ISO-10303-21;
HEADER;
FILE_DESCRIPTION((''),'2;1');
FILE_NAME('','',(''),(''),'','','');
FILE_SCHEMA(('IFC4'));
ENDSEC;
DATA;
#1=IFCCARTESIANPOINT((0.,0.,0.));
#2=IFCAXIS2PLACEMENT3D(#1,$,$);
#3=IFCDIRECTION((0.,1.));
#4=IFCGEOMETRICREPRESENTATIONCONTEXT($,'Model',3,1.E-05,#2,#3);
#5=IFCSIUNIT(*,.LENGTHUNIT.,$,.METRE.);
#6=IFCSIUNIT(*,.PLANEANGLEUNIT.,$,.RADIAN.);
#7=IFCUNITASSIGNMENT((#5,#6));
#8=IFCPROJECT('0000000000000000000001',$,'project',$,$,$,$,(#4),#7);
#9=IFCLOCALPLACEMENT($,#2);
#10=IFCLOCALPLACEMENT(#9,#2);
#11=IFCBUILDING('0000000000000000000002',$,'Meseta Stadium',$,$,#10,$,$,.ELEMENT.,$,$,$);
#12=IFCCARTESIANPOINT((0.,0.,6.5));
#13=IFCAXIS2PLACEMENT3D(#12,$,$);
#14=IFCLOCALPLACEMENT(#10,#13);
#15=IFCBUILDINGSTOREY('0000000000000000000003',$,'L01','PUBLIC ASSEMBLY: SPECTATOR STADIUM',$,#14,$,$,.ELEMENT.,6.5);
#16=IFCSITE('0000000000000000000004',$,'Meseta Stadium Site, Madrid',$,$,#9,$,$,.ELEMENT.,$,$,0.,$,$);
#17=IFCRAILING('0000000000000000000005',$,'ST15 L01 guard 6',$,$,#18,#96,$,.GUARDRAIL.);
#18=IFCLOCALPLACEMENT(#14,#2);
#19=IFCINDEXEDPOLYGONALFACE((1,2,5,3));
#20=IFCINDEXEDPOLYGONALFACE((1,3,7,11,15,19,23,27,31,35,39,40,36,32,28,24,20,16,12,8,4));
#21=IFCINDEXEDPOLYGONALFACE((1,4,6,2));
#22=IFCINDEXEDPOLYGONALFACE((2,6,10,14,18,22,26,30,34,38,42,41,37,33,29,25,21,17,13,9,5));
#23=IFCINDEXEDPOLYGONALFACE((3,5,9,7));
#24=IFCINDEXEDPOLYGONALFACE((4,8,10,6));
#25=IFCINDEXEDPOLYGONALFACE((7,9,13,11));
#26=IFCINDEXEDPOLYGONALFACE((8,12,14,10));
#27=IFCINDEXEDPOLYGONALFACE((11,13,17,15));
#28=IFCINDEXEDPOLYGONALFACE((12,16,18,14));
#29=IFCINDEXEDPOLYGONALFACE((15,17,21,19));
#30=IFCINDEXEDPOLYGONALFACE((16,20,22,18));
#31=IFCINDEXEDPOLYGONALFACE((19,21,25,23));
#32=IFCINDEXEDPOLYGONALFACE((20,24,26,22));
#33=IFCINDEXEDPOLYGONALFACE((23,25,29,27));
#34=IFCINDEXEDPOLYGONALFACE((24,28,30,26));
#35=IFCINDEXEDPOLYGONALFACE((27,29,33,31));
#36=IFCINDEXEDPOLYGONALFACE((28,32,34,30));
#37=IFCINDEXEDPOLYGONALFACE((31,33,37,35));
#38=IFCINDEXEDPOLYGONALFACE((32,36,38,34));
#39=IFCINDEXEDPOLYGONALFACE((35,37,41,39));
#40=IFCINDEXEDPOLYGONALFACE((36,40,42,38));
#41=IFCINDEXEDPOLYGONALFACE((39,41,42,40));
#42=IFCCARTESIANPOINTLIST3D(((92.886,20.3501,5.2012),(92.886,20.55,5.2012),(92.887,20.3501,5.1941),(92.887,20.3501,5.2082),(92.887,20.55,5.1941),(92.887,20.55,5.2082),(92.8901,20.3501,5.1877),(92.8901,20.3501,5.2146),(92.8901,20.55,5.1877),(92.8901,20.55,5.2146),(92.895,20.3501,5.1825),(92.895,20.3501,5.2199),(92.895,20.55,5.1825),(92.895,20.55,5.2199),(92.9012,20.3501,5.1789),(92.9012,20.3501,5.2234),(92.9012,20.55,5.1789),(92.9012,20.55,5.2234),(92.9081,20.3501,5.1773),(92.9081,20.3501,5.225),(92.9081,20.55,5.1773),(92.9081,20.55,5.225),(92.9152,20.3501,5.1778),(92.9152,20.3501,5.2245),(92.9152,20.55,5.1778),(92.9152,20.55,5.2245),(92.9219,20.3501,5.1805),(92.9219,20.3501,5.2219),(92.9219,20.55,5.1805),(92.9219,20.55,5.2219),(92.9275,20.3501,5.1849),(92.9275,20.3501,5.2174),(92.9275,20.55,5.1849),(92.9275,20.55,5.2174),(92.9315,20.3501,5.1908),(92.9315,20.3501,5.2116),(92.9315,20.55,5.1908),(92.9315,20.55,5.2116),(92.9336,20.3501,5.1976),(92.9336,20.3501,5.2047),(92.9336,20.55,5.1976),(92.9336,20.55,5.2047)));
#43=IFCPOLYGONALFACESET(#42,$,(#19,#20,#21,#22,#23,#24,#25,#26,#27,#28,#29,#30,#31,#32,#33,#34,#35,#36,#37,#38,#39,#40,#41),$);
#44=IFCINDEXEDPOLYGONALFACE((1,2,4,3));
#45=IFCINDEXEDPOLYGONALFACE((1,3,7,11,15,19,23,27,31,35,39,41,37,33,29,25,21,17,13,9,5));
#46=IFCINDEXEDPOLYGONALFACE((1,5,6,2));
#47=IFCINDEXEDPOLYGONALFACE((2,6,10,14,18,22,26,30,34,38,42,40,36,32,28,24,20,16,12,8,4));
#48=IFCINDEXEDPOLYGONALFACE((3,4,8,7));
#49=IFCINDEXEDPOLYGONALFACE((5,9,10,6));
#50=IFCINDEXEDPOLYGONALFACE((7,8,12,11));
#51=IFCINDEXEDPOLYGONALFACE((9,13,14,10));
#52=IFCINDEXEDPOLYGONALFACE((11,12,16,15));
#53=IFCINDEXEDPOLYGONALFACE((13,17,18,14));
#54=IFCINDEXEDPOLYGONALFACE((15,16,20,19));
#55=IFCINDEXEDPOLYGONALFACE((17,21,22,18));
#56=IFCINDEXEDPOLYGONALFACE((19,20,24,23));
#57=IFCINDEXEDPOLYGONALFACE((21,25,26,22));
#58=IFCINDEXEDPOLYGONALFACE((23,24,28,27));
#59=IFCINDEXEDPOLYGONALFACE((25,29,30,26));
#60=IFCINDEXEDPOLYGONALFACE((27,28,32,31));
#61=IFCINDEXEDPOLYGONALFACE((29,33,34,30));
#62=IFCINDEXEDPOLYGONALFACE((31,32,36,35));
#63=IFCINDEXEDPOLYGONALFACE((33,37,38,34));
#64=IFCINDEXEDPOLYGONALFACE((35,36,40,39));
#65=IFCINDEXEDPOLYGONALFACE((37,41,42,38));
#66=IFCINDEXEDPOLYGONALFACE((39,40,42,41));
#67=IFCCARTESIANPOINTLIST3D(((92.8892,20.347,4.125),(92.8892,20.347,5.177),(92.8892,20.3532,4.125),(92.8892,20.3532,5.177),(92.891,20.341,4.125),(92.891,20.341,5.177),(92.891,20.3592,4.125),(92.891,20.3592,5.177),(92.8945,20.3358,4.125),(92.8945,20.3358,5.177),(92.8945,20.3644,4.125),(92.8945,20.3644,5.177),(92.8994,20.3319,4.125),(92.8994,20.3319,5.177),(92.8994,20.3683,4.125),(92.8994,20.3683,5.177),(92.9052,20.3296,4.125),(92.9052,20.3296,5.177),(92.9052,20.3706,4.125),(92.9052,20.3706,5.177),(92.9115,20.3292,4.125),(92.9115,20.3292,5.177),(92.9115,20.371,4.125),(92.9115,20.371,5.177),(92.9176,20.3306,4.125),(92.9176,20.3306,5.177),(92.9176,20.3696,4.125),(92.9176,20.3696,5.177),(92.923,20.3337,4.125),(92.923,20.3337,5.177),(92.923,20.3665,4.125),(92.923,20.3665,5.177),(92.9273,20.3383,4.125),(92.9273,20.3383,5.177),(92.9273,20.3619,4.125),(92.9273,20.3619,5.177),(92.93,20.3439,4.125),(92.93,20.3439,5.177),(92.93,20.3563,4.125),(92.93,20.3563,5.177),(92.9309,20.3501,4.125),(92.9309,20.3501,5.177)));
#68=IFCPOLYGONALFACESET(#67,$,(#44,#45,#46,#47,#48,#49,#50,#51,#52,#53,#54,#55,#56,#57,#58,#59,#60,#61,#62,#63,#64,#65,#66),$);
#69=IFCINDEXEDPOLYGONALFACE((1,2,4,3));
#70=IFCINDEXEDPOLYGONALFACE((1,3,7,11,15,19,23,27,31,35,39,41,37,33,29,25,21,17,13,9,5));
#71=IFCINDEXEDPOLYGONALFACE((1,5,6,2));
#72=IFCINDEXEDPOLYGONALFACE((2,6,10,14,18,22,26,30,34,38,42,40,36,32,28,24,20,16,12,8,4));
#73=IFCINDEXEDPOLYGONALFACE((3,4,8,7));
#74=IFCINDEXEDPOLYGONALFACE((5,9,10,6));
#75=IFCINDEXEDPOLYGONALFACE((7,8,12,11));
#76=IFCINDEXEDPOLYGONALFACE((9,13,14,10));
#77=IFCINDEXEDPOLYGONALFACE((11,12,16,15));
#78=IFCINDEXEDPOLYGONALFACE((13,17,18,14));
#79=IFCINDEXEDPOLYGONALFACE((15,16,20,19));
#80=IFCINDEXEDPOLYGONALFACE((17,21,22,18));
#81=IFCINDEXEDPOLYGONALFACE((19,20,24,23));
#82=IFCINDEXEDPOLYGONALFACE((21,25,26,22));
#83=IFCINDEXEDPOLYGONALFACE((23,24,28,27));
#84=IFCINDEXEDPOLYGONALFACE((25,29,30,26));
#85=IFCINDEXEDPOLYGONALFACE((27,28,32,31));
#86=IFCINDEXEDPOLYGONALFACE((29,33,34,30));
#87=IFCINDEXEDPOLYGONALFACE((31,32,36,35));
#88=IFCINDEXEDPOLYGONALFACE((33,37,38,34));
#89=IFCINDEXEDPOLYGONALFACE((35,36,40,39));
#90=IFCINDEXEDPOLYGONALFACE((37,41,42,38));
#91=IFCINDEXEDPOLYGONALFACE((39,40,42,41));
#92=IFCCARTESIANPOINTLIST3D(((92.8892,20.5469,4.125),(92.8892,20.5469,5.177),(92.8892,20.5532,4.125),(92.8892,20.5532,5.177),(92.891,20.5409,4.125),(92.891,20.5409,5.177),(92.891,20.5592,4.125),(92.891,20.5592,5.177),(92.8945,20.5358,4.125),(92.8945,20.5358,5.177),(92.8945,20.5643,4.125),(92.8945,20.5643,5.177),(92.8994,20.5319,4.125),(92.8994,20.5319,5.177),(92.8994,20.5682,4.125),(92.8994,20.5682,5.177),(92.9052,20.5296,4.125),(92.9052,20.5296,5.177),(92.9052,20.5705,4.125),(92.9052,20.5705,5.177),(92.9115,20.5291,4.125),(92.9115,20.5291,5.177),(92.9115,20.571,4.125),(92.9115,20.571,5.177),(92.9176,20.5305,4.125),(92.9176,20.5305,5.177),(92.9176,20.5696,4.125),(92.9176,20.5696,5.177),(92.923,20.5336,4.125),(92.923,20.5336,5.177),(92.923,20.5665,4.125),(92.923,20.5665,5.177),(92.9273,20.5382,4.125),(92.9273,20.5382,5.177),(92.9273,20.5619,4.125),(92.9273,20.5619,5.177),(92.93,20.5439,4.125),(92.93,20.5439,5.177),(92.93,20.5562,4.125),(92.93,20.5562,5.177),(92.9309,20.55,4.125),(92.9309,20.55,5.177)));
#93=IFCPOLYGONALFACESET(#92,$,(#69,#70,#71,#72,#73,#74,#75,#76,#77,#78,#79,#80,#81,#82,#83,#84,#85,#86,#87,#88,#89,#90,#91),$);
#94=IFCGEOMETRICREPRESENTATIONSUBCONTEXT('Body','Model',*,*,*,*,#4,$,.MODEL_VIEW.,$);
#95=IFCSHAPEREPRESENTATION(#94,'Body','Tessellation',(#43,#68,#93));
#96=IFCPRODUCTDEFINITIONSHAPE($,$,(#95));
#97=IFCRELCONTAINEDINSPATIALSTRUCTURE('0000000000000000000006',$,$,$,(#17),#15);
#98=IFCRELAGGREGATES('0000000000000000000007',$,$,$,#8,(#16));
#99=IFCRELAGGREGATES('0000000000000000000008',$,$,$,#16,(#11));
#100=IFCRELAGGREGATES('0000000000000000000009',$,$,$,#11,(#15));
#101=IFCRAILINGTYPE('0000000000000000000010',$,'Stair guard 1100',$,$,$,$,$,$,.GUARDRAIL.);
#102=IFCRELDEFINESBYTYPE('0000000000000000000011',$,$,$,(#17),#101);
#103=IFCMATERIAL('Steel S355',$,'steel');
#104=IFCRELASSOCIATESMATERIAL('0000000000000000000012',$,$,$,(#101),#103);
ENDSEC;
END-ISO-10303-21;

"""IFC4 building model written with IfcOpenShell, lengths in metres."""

from ifc_helpers import new_model, si_unit, direction, frame, origin, origin_2d, place, context, subcontext, project, spatial, circle, extrude, material, type_object, element, save


model = new_model("IFC4")

# Units and contexts
model_context = context("Model", 3, precision=1e-05, world=origin(), true_north=direction((0.0, 1.0)))
body_context = subcontext(model_context, "Body", "Model", "MODEL_VIEW")
ifc_project = project(units=[si_unit("LENGTHUNIT", "METRE"), si_unit("PLANEANGLEUNIT", "RADIAN")], contexts=[model_context])

# Site, building, storey
site_placement = place(None, origin())
site = spatial("IfcSite", under=ifc_project, at=site_placement, Name="Meseta Stadium Site, Madrid", CompositionType="ELEMENT", RefElevation=0.0)
building_placement = place(site_placement, origin())
building = spatial("IfcBuilding", under=site, at=building_placement, Name="Meseta Stadium", CompositionType="ELEMENT")
storey_placement = place(building_placement, frame((0.0, 0.0, 6.5)))
storey = spatial("IfcBuildingStorey", under=building, at=storey_placement, Name="L01", Description="PUBLIC ASSEMBLY: SPECTATOR STADIUM", CompositionType="ELEMENT", Elevation=6.5)

# Railing
ifc_material_1 = material(Name="Steel S355", Category="steel")
railing_type_1 = type_object("IfcRailingType", Name="Stair guard 1100", PredefinedType="GUARDRAIL", material=ifc_material_1)
railing_1_placement = place(storey_placement, frame((92.9099, 20.3501, 4.125)))
element("IfcRailing", 1, at=railing_1_placement, inside=storey, type_object=railing_type_1, Name="ST15 L01 guard 6", PredefinedType="GUARDRAIL", context=body_context, shape_type="SweptSolid", body=[
    extrude(circle(Radius=0.0239, at=origin_2d()), frame((0.0, 0.0, 1.0762), z_axis=(0.0, 1.0, 0.0), x_axis=(-1.0, 0.0, 0.0)), (0.0, 0.0, 1.0), 0.2),
    extrude(circle(Radius=0.021, at=origin_2d()), origin(), (0.0, 0.0, 1.0), 1.052),
    extrude(circle(Radius=0.021, at=origin_2d()), frame((0.0, 0.2, 0.0)), (0.0, 0.0, 1.0), 1.052),
])

save(model, "model.ifc")
